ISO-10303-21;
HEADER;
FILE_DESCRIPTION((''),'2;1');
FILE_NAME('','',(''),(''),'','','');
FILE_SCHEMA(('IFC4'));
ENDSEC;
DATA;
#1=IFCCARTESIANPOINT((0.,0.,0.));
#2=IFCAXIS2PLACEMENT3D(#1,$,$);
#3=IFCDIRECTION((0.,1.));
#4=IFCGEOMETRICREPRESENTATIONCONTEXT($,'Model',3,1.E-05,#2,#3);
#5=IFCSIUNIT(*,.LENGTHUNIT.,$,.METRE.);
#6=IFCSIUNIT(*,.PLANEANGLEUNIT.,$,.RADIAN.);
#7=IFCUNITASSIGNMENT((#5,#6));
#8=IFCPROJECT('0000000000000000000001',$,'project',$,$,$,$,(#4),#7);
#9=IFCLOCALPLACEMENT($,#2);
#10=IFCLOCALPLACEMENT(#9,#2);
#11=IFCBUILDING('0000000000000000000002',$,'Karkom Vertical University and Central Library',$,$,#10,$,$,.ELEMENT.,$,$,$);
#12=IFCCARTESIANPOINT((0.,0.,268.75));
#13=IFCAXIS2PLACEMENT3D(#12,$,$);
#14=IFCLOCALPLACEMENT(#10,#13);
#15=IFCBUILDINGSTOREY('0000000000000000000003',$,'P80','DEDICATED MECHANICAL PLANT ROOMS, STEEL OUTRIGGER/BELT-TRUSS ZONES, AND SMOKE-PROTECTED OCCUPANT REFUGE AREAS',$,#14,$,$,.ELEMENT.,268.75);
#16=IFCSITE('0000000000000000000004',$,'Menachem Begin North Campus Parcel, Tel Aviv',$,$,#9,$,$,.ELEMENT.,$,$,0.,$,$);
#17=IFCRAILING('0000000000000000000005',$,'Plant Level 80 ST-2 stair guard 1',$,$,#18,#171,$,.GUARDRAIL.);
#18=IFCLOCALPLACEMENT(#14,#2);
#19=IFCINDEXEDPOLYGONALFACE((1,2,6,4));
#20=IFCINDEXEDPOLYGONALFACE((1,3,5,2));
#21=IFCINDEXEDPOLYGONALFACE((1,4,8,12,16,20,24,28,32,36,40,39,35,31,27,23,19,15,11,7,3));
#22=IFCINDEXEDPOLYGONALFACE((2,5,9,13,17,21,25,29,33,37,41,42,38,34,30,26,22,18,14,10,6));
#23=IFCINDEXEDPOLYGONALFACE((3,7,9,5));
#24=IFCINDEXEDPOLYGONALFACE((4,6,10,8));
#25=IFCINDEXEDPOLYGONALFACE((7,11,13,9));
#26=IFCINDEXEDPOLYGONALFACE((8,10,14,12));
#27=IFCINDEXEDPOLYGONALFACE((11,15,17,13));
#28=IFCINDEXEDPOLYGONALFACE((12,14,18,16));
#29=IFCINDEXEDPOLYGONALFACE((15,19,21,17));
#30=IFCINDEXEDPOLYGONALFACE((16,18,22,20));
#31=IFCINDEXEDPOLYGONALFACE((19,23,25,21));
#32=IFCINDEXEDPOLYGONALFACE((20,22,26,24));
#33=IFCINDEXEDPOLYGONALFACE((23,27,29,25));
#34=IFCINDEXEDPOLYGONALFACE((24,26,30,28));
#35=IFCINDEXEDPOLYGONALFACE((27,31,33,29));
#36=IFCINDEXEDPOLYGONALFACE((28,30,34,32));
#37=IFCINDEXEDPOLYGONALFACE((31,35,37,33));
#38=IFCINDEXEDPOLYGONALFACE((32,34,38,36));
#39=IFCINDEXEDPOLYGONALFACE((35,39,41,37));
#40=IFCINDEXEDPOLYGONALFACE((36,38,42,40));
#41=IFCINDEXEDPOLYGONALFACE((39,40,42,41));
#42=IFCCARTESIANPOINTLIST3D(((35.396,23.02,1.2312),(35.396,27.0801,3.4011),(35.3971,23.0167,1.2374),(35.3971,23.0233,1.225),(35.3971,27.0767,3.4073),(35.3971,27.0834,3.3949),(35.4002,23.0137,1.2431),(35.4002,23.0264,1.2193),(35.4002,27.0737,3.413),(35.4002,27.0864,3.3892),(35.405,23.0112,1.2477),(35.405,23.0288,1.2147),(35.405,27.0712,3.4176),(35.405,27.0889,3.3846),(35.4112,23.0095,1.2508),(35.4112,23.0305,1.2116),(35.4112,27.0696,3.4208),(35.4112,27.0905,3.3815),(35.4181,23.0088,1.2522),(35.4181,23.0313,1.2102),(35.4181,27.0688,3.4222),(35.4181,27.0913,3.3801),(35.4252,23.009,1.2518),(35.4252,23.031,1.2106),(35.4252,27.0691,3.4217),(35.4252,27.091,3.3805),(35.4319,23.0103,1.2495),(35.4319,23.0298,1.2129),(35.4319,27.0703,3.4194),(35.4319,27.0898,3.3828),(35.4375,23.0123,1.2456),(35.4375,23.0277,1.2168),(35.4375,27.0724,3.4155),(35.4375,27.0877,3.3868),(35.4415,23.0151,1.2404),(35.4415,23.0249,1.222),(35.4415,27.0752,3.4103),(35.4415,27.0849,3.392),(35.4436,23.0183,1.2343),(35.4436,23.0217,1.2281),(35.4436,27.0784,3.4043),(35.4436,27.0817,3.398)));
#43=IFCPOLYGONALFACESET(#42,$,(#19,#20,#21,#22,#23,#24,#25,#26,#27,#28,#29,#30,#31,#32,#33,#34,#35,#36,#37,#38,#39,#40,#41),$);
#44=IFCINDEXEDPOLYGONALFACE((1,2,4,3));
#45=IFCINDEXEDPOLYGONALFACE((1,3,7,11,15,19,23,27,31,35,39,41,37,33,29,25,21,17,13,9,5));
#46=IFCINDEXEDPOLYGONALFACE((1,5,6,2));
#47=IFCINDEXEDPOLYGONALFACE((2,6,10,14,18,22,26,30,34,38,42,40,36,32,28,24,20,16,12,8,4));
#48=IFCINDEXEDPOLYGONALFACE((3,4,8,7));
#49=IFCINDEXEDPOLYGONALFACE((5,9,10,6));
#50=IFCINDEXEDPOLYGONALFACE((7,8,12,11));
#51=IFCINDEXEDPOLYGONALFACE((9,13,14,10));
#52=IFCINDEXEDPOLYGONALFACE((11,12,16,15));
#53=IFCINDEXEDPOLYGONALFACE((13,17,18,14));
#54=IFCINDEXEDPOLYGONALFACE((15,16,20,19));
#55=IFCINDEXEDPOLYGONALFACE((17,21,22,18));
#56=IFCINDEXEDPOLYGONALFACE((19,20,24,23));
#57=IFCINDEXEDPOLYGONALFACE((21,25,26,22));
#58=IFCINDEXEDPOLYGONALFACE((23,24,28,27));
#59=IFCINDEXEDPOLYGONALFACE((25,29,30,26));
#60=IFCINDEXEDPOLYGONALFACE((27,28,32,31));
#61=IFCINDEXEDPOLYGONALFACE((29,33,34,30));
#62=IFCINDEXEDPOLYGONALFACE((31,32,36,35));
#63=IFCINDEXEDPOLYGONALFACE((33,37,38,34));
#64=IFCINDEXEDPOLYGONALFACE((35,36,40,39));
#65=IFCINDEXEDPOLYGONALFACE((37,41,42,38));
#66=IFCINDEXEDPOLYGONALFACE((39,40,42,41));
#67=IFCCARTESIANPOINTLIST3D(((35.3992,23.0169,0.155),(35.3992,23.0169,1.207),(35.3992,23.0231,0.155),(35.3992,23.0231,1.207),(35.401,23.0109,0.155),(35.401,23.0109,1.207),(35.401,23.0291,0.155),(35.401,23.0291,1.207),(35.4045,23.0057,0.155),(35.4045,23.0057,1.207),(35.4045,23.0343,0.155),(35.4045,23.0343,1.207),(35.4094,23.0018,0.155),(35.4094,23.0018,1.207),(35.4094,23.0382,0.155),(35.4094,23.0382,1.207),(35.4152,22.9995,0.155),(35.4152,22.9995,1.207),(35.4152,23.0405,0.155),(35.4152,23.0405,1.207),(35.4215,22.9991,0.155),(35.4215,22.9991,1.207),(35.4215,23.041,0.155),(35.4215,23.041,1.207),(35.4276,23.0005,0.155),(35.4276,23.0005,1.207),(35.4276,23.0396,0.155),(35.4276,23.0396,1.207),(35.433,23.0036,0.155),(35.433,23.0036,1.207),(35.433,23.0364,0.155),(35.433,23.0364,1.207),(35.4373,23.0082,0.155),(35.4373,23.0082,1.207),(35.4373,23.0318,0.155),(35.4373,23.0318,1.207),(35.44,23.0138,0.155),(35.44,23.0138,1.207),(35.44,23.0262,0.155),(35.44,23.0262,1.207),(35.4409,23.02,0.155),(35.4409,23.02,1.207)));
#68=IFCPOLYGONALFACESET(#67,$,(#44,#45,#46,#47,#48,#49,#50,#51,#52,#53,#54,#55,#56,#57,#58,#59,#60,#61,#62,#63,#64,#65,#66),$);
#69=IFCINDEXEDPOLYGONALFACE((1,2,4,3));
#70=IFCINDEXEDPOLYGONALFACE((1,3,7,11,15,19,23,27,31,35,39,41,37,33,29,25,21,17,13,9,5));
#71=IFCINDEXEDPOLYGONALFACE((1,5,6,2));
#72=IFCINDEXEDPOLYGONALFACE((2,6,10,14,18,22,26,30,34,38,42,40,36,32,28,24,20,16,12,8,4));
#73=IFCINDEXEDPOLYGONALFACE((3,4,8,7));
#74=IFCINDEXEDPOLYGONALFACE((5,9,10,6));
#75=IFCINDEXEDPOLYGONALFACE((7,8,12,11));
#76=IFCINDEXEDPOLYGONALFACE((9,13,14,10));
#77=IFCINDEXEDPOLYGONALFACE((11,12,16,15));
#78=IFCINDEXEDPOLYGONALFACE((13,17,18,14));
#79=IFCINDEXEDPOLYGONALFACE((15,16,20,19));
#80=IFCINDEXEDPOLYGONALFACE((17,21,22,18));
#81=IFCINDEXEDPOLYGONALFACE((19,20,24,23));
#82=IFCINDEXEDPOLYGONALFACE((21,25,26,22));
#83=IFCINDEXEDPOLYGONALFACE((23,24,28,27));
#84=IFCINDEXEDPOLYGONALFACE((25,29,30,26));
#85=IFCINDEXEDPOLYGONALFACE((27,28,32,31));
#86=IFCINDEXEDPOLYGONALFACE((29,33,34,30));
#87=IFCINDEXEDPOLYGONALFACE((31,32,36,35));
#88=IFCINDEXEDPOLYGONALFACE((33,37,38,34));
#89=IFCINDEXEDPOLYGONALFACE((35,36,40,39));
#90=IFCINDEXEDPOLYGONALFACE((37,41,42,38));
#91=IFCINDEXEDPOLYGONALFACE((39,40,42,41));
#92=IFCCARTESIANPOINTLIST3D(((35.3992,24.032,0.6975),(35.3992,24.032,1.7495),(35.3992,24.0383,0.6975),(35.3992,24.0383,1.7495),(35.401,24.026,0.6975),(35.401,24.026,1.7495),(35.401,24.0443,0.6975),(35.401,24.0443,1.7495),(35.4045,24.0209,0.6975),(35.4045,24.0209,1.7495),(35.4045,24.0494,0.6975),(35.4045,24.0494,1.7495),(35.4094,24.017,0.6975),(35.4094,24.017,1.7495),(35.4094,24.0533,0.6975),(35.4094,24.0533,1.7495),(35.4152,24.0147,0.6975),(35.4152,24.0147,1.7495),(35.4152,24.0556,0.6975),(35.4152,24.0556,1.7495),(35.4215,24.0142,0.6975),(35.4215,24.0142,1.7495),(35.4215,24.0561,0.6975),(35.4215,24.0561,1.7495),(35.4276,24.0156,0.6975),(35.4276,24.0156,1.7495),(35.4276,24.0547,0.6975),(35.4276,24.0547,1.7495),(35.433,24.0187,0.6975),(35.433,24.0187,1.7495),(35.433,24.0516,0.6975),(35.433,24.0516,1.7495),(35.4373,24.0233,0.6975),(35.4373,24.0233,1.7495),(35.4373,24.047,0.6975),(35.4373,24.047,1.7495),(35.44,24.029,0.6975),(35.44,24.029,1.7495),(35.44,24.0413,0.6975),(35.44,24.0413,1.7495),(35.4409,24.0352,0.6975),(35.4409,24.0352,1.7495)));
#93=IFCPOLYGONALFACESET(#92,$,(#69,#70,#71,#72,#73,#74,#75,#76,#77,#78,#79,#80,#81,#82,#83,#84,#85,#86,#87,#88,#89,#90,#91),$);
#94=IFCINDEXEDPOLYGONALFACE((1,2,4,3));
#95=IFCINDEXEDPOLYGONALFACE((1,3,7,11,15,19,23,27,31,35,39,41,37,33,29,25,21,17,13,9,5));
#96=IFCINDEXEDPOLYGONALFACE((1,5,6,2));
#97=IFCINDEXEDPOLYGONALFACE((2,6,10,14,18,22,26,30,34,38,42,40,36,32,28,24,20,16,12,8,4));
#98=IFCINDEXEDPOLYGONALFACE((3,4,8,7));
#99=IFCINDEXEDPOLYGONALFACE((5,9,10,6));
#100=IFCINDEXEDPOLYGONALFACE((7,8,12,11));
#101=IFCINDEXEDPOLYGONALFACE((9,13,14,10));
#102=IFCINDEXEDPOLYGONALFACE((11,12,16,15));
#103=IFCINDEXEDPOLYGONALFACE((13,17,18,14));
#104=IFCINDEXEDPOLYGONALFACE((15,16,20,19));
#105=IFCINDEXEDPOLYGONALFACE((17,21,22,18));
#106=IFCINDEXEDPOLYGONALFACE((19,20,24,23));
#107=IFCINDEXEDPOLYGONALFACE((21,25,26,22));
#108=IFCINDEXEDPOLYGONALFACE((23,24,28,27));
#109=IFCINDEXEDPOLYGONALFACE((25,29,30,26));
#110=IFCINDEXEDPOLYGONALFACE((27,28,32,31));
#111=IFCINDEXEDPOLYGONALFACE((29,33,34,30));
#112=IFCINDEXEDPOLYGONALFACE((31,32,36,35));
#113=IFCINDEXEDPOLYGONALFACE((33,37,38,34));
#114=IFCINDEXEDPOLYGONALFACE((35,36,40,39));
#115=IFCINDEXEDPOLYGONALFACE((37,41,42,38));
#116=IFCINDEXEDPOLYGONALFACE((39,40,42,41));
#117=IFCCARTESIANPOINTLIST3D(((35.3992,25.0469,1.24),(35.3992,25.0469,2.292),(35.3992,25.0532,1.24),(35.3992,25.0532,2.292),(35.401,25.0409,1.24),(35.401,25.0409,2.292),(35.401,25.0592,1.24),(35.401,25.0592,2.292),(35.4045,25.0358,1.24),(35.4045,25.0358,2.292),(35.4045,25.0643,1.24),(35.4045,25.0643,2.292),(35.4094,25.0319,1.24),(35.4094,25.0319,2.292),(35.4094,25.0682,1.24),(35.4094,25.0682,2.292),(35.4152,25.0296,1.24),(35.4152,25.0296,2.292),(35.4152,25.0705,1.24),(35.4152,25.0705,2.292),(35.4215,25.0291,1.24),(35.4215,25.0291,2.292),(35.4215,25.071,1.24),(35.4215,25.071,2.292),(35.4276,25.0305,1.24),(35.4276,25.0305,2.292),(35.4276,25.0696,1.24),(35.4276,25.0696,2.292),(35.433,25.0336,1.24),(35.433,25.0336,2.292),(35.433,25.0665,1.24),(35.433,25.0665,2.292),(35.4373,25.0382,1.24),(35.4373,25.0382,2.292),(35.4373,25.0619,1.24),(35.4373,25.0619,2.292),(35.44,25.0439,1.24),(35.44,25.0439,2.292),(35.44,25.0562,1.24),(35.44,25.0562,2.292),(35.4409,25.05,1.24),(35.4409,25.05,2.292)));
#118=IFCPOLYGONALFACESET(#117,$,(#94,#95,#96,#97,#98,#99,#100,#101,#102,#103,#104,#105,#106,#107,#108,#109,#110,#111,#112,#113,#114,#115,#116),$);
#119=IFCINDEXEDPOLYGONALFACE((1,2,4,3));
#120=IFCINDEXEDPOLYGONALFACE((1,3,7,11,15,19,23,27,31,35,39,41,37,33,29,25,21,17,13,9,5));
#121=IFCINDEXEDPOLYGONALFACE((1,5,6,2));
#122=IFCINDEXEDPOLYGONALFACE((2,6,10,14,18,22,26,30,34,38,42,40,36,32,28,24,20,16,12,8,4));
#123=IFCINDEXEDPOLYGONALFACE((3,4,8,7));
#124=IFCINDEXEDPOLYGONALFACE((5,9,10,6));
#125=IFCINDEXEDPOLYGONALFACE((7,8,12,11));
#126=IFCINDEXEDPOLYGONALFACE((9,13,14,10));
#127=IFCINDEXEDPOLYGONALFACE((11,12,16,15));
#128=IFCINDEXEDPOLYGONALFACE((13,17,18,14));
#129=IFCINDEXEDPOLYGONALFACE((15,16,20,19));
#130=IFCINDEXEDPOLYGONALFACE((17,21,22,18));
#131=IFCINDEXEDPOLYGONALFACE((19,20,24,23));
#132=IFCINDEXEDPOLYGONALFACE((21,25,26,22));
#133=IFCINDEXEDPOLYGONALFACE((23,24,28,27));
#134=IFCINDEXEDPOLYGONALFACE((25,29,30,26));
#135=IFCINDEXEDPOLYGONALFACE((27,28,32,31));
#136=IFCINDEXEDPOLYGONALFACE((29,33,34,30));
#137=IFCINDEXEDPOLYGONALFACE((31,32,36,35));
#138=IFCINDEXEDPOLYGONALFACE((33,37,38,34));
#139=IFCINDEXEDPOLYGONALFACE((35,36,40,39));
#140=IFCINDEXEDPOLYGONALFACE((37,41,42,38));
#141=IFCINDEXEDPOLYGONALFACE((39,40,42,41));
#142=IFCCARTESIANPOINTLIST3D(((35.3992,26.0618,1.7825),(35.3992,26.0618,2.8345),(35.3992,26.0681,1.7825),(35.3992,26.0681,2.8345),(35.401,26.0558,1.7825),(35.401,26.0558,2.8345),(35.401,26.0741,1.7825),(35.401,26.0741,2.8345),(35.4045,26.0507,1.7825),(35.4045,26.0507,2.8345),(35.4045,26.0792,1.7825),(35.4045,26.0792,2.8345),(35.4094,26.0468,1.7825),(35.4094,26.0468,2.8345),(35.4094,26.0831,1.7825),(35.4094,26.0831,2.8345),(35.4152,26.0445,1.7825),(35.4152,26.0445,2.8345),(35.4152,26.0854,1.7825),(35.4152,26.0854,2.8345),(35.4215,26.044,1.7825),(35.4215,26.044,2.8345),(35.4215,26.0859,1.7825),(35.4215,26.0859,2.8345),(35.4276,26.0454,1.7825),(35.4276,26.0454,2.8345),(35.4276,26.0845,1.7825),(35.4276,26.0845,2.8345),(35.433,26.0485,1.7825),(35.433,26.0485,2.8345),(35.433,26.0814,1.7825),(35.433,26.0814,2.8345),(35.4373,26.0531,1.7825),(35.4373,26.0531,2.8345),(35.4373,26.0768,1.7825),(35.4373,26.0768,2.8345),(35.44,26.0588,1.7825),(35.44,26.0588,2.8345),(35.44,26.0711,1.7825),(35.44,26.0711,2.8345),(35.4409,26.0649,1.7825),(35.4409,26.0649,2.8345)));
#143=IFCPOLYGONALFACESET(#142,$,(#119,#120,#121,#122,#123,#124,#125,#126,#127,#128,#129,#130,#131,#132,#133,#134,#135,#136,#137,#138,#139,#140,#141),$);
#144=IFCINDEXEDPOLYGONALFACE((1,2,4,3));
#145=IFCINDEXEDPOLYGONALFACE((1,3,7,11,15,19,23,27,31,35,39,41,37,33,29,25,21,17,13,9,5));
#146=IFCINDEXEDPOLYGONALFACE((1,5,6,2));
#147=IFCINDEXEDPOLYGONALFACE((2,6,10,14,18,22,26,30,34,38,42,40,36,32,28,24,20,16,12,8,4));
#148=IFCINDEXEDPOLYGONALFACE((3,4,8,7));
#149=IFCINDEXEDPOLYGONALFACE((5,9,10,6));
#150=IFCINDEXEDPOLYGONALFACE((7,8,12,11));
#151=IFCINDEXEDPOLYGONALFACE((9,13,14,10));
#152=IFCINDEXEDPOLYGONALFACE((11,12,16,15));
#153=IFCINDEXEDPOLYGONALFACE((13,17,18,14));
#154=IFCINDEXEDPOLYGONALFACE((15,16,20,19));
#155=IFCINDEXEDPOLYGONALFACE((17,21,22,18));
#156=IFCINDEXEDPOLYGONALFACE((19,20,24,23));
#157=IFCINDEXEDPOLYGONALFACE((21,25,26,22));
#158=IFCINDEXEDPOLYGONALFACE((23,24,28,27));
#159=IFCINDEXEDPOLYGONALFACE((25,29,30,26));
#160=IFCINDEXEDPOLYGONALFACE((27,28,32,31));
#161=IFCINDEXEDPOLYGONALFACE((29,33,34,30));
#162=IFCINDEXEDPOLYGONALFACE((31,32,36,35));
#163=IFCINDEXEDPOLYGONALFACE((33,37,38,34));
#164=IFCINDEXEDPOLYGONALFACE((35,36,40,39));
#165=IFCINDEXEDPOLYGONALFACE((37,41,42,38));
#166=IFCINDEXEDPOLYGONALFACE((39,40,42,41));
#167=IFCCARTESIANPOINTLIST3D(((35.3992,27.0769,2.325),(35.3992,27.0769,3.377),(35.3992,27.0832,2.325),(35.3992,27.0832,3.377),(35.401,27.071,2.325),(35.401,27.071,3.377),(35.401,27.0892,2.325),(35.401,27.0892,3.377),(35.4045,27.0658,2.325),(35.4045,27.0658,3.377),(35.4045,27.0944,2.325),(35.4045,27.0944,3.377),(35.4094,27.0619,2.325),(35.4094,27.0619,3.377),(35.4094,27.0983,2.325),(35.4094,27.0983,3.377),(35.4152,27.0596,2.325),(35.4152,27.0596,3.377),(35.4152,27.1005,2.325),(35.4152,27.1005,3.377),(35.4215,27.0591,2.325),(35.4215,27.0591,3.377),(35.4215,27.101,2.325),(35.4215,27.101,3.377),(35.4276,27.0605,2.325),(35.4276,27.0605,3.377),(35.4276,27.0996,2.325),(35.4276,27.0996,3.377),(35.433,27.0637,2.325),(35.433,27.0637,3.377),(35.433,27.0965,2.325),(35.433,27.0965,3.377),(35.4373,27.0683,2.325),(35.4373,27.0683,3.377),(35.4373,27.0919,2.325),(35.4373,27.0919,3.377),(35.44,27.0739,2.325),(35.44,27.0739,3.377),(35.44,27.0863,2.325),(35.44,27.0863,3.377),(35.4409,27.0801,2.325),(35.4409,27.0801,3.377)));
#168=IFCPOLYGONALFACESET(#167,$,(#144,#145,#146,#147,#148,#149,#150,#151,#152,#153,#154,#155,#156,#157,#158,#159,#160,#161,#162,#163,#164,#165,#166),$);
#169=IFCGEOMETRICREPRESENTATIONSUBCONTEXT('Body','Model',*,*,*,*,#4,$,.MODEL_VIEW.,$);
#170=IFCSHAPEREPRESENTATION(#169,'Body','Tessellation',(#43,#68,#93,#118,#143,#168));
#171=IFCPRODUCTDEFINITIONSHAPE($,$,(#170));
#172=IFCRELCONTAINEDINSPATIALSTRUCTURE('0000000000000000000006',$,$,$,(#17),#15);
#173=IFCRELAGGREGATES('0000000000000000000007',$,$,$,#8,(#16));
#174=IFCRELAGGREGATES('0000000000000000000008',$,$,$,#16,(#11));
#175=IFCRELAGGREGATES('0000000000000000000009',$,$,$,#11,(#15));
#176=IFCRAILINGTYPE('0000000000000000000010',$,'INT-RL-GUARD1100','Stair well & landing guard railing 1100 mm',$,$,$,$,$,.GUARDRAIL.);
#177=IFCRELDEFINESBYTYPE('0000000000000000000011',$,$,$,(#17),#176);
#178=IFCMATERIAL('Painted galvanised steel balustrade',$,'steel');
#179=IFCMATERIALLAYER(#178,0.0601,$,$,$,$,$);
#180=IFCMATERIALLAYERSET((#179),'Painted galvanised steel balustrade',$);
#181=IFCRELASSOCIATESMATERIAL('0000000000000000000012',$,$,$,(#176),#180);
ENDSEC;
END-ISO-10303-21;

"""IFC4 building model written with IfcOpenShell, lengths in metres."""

from ifc_helpers import new_model, si_unit, direction, frame, origin, origin_2d, place, context, subcontext, project, spatial, circle, extrude, material, layer, layer_set, type_object, element, save


model = new_model("IFC4")

# Units and contexts
model_context = context("Model", 3, precision=1e-05, world=origin(), true_north=direction((0.0, 1.0)))
body_context = subcontext(model_context, "Body", "Model", "MODEL_VIEW")
ifc_project = project(units=[si_unit("LENGTHUNIT", "METRE"), si_unit("PLANEANGLEUNIT", "RADIAN")], contexts=[model_context])

# Site, building, storey
site_placement = place(None, origin())
site = spatial("IfcSite", under=ifc_project, at=site_placement, Name="Menachem Begin North Campus Parcel, Tel Aviv", CompositionType="ELEMENT", RefElevation=0.0)
building_placement = place(site_placement, origin())
building = spatial("IfcBuilding", under=site, at=building_placement, Name="Karkom Vertical University and Central Library", CompositionType="ELEMENT")
storey_placement = place(building_placement, frame((0.0, 0.0, 268.75)))
storey = spatial("IfcBuildingStorey", under=building, at=storey_placement, Name="P80", Description="DEDICATED MECHANICAL PLANT ROOMS, STEEL OUTRIGGER/BELT-TRUSS ZONES, AND SMOKE-PROTECTED OCCUPANT REFUGE AREAS", CompositionType="ELEMENT", Elevation=268.75)

# Railing
ifc_material_1 = material(Name="Painted galvanised steel balustrade", Category="steel")
ifc_layer_1 = layer(ifc_material_1, 0.0601)
ifc_layer_set_1 = layer_set([ifc_layer_1], Name="Painted galvanised steel balustrade")
railing_type_1 = type_object("IfcRailingType", Name="INT-RL-GUARD1100", Description="Stair well & landing guard railing 1100 mm", PredefinedType="GUARDRAIL", material=ifc_layer_set_1)
railing_1_placement = place(storey_placement, frame((35.4199, 23.02, 0.155)))
element("IfcRailing", 1, at=railing_1_placement, inside=storey, type_object=railing_type_1, Name="Plant Level 80 ST-2 stair guard 1", PredefinedType="GUARDRAIL", context=body_context, shape_type="SweptSolid", body=[
    extrude(circle(Radius=0.0239, at=origin_2d()), frame((0.0, 0.0, 1.0762), z_axis=(0.0, 0.881942, 0.471359), x_axis=(-1.0, 0.0, 0.0)), (0.0, 0.0, 1.0), 4.6035),
    extrude(circle(Radius=0.021, at=origin_2d()), origin(), (0.0, 0.0, 1.0), 1.052),
    extrude(circle(Radius=0.021, at=origin_2d()), frame((0.0, 1.0151, 0.5425)), (0.0, 0.0, 1.0), 1.052),
    extrude(circle(Radius=0.021, at=origin_2d()), frame((0.0, 2.03, 1.085)), (0.0, 0.0, 1.0), 1.052),
    extrude(circle(Radius=0.021, at=origin_2d()), frame((0.0, 3.0449, 1.6274)), (0.0, 0.0, 1.0), 1.052),
    extrude(circle(Radius=0.021, at=origin_2d()), frame((0.0, 4.0601, 2.1699)), (0.0, 0.0, 1.0), 1.052),
])

save(model, "model.ifc")
